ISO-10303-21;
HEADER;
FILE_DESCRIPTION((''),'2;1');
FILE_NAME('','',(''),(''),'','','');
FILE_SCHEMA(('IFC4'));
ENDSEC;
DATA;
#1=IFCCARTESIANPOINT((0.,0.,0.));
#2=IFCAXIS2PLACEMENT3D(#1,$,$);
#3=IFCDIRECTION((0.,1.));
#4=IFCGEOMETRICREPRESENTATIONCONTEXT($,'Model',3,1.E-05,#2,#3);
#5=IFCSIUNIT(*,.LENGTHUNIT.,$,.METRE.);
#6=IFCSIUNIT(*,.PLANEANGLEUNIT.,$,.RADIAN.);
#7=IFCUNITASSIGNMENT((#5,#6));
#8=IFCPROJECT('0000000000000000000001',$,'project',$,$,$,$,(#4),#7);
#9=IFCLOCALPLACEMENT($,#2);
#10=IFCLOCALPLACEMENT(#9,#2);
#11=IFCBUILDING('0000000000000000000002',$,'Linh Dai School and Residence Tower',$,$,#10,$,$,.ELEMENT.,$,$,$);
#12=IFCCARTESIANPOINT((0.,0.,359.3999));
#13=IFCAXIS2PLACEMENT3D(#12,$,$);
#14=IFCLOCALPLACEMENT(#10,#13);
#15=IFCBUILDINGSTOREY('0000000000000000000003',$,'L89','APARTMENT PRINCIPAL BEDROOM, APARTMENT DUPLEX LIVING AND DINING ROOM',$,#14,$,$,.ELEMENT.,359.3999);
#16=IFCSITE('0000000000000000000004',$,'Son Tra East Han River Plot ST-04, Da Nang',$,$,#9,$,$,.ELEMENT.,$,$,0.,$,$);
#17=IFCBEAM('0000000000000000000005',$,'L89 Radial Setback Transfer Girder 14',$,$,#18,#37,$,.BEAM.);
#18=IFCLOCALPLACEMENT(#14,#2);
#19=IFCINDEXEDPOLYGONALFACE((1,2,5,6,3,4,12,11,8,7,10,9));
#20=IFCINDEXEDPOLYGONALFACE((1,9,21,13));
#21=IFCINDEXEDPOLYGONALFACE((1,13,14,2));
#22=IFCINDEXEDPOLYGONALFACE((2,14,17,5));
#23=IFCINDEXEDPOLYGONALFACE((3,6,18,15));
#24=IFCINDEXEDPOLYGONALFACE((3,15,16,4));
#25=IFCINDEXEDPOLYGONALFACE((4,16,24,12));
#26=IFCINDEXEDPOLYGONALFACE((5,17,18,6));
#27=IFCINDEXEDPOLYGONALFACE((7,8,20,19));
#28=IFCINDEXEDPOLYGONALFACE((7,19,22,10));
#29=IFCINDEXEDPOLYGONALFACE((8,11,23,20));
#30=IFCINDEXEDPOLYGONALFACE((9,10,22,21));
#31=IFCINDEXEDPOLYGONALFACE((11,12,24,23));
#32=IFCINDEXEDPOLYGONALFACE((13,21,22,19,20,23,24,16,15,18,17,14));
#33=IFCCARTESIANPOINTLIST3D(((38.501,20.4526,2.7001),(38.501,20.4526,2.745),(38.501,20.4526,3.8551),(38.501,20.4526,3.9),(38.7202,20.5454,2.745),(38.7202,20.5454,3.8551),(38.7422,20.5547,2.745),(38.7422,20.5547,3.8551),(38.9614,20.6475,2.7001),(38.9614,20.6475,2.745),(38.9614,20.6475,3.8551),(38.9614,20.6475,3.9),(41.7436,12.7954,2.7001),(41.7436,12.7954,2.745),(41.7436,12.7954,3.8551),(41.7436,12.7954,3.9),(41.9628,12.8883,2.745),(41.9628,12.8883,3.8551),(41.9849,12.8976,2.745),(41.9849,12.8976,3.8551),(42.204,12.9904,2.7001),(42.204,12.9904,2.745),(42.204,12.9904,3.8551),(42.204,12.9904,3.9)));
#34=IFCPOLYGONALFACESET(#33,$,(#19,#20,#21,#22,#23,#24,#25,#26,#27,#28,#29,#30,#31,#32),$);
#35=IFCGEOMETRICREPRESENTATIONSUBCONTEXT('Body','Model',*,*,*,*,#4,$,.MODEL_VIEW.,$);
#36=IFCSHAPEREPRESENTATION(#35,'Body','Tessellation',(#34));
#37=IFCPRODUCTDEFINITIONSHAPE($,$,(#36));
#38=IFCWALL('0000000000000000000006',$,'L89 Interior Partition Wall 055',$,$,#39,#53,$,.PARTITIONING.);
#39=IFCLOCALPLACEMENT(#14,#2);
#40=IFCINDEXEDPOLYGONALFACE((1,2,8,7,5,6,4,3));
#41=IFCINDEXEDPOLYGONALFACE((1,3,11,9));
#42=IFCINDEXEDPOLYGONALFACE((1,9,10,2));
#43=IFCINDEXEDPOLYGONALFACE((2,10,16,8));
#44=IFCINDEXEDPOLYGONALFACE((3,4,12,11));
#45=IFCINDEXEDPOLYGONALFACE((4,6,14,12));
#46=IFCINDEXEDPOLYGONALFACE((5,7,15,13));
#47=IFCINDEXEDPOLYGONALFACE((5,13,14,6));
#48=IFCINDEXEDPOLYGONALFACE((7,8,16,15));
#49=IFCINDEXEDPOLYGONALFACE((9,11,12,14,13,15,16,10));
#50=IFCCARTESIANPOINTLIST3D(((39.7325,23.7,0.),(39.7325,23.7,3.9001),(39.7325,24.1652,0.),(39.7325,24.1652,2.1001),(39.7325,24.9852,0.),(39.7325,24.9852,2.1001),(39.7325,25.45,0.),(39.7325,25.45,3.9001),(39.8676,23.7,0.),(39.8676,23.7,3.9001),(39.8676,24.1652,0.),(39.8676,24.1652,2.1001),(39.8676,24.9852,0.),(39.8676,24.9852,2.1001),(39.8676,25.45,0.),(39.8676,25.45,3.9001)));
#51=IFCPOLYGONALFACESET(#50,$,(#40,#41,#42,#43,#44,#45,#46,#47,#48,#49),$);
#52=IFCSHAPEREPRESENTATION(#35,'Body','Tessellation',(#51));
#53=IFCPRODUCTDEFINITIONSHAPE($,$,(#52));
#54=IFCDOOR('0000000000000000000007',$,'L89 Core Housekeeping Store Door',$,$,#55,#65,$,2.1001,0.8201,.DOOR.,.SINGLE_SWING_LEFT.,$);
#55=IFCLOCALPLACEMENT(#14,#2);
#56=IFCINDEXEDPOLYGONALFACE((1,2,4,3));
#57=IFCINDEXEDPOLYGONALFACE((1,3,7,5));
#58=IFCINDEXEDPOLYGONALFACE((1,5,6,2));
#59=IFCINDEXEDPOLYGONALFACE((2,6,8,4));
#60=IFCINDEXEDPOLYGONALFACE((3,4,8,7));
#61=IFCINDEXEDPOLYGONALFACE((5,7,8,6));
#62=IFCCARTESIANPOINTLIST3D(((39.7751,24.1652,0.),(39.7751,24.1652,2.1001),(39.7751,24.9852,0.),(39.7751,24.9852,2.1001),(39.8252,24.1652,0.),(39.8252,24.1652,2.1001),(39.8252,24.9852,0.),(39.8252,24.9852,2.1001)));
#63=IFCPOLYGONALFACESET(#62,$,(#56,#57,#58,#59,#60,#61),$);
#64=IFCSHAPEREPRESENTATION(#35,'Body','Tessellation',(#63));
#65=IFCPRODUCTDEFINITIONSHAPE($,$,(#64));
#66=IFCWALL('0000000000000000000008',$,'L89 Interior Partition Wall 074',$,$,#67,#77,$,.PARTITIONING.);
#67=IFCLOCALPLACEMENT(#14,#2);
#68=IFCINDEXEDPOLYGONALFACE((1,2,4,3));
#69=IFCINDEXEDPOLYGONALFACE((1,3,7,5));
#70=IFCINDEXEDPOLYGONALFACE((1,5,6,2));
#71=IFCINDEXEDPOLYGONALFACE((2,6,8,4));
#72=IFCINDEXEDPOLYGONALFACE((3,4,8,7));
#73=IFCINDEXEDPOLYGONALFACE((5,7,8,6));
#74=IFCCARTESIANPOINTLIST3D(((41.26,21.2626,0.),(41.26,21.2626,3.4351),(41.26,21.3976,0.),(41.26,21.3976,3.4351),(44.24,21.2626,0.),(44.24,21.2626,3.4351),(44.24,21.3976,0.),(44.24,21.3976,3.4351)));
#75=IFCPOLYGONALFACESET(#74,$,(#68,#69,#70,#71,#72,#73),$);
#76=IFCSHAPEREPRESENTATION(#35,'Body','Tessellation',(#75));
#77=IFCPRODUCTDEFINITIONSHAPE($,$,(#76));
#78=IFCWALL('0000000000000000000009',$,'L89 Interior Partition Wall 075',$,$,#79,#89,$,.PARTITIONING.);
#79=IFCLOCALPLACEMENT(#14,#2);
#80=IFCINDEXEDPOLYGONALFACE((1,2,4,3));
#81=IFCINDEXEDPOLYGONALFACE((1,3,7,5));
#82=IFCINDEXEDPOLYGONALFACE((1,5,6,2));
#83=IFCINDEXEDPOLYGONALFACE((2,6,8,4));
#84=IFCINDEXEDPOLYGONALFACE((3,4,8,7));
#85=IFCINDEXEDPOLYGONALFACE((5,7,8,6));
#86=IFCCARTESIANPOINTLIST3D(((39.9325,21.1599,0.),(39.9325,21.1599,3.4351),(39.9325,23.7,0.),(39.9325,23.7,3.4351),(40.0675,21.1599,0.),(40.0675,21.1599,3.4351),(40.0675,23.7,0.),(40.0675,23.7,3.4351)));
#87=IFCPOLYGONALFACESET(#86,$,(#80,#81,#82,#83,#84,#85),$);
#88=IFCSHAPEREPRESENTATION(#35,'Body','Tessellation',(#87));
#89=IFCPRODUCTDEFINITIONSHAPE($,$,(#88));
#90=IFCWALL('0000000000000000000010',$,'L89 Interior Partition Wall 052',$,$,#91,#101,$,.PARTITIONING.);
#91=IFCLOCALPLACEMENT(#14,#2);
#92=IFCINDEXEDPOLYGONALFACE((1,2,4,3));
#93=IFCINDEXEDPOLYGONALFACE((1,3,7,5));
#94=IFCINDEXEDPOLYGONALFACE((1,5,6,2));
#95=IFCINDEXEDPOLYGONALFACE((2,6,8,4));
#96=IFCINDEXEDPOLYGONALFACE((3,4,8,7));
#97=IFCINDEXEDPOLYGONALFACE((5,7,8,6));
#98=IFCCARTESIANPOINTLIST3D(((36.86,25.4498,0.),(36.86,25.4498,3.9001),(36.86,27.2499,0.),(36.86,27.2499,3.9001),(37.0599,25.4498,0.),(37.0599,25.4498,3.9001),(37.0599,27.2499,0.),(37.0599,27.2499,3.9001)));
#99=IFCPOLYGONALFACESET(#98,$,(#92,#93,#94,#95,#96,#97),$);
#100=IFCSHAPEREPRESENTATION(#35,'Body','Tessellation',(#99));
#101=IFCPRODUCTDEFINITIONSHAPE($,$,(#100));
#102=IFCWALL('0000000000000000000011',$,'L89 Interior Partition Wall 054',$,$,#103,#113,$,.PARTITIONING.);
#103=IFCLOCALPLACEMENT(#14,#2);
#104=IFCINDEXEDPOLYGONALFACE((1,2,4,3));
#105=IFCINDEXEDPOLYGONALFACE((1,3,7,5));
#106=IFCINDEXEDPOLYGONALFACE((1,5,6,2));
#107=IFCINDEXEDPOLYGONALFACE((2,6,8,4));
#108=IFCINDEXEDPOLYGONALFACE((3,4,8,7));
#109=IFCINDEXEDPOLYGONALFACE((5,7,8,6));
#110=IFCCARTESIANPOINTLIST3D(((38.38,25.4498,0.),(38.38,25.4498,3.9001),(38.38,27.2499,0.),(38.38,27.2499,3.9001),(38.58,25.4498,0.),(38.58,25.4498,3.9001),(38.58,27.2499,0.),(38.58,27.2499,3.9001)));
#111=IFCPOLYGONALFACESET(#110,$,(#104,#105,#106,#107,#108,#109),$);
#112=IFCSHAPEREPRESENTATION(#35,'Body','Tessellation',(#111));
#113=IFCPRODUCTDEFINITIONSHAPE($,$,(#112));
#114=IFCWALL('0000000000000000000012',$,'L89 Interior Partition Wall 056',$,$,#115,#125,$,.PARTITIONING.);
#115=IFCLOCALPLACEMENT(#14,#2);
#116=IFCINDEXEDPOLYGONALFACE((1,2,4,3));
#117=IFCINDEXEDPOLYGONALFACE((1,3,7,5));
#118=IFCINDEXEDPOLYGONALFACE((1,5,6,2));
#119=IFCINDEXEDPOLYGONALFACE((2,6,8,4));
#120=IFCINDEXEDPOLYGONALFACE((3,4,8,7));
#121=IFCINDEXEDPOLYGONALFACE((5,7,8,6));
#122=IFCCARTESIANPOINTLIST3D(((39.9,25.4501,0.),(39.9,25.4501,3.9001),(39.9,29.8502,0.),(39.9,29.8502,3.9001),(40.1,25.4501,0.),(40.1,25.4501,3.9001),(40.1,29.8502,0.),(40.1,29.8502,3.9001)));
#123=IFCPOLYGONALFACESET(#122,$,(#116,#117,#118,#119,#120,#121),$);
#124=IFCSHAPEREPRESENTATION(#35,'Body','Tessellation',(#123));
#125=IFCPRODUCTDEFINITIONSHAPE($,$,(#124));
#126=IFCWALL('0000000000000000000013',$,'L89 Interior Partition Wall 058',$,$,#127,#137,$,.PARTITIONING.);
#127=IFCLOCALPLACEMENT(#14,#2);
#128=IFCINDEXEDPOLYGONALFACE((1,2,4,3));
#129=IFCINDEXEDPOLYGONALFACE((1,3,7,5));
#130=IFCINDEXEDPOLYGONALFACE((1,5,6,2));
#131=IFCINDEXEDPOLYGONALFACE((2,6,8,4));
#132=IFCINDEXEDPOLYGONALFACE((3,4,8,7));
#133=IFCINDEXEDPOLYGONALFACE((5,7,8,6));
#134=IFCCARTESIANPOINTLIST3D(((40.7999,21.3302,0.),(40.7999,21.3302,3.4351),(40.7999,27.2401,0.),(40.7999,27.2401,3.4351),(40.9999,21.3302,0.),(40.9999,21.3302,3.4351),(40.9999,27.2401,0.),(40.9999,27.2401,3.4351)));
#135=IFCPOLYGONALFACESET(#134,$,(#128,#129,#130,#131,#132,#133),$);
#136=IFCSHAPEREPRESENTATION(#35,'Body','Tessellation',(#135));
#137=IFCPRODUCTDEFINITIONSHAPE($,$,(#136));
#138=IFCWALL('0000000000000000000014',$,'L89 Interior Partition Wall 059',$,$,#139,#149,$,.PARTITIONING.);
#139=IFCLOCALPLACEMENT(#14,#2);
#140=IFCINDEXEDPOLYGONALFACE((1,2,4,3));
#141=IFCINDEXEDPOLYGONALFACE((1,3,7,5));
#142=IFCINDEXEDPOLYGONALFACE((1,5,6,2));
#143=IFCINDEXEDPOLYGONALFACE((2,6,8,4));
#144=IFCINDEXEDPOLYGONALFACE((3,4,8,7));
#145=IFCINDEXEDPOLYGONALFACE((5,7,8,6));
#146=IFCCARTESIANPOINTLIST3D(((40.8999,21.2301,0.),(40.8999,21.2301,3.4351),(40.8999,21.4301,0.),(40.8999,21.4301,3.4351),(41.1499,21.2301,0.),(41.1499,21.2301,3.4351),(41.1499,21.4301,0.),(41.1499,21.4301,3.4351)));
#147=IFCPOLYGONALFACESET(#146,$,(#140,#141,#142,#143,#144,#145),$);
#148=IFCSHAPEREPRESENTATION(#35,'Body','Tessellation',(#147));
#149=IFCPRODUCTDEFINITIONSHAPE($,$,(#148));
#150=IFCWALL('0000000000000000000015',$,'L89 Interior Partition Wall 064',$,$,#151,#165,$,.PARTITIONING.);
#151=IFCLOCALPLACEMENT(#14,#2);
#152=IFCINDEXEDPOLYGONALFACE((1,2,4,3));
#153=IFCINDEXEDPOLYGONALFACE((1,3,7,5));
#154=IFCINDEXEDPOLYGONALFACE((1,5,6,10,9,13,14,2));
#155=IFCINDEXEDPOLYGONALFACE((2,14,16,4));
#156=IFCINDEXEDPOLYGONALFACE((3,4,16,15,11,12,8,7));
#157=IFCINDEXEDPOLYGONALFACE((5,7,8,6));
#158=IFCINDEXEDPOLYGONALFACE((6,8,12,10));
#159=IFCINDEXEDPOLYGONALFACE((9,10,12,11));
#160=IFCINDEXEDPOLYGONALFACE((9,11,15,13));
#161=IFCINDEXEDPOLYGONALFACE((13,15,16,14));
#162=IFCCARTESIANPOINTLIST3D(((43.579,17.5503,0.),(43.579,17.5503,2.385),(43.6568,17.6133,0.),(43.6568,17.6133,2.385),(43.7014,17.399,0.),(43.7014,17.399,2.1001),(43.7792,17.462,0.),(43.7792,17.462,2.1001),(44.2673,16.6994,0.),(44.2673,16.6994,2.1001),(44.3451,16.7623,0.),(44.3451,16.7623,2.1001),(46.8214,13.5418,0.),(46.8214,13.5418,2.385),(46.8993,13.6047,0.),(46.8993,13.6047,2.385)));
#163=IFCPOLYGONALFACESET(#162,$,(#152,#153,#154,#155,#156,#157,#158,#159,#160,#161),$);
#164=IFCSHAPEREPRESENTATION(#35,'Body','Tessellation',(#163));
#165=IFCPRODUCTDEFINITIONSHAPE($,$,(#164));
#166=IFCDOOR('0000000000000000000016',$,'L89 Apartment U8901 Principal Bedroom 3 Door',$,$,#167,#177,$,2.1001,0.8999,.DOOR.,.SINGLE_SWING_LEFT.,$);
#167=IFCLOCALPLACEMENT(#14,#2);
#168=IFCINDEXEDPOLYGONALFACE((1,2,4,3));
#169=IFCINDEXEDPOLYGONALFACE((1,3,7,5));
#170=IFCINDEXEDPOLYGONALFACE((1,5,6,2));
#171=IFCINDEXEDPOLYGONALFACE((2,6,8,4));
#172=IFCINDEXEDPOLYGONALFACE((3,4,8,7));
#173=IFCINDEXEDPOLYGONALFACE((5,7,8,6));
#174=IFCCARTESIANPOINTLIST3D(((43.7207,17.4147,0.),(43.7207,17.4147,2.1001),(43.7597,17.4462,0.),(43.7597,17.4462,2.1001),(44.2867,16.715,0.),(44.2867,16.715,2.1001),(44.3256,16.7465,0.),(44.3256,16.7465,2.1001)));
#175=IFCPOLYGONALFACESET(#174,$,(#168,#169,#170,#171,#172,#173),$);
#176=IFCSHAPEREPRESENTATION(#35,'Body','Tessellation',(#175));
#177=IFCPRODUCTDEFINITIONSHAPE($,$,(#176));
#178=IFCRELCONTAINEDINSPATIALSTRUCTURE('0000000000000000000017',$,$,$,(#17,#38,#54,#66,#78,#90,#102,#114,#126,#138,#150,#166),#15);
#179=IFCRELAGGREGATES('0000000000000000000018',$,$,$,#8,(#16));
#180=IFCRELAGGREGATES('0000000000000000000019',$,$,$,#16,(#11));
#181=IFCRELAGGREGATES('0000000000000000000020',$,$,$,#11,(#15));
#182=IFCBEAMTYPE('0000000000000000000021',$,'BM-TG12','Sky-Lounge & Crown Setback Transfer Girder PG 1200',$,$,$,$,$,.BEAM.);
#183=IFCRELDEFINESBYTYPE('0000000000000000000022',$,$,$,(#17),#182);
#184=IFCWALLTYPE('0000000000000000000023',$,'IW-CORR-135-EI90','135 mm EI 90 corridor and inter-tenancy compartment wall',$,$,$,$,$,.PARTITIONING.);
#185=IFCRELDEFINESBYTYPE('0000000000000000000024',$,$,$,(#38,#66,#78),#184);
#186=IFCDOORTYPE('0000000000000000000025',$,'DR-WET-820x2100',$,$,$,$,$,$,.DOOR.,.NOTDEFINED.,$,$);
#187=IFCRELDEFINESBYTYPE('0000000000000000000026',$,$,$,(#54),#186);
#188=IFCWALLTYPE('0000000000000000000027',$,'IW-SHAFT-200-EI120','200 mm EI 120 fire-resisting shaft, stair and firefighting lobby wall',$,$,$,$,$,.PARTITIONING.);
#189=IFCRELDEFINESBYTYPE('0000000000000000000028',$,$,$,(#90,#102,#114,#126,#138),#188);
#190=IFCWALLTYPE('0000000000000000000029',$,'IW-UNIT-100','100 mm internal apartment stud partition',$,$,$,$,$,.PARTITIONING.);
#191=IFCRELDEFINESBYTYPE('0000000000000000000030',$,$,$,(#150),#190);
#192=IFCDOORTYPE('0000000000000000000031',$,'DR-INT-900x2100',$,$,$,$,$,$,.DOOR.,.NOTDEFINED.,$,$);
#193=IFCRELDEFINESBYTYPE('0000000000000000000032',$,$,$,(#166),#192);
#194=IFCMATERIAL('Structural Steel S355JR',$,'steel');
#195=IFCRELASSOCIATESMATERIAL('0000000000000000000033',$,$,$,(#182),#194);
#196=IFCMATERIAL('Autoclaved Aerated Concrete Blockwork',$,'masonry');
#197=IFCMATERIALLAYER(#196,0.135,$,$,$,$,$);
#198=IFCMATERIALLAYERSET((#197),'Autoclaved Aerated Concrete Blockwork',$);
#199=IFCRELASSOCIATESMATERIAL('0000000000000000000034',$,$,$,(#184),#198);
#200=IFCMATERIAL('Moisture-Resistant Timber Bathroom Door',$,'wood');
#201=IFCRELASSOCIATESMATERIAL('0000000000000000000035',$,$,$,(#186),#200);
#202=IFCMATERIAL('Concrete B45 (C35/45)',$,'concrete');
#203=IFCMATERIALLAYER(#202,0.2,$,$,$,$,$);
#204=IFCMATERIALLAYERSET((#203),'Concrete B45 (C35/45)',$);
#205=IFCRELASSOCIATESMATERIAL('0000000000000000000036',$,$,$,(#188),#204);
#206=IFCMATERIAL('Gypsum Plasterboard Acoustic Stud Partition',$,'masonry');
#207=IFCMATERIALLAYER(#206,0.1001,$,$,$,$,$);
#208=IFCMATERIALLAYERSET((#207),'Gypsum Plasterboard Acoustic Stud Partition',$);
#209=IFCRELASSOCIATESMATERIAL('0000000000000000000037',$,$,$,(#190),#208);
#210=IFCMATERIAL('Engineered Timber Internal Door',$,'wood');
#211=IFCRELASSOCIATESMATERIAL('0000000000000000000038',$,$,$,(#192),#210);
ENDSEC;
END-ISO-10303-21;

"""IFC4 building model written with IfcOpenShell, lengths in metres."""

from ifc_helpers import new_model, si_unit, direction, frame, frame_2d, origin, origin_2d, place, context, subcontext, project, spatial, rectangle, i_section, extrude, source, transform, mapped, material, layer, layer_set, material_profile, profile_set, type_object, element, fill, save


model = new_model("IFC4")

# Units and contexts
model_context = context("Model", 3, precision=1e-05, world=origin(), true_north=direction((0.0, 1.0)))
body_context = subcontext(model_context, "Body", "Model", "MODEL_VIEW")
ifc_project = project(units=[si_unit("LENGTHUNIT", "METRE"), si_unit("PLANEANGLEUNIT", "RADIAN")], contexts=[model_context])

# Site, building, storey
site_placement = place(None, origin())
site = spatial("IfcSite", under=ifc_project, at=site_placement, Name="Son Tra East Han River Plot ST-04, Da Nang", CompositionType="ELEMENT", RefElevation=0.0)
building_placement = place(site_placement, origin())
building = spatial("IfcBuilding", under=site, at=building_placement, Name="Linh Dai School and Residence Tower", CompositionType="ELEMENT")
storey_placement = place(building_placement, frame((0.0, 0.0, 359.3999)))
storey = spatial("IfcBuildingStorey", under=building, at=storey_placement, Name="L89", Description="APARTMENT PRINCIPAL BEDROOM, APARTMENT DUPLEX LIVING AND DINING ROOM", CompositionType="ELEMENT", Elevation=359.3999)

# Shared definitions
ifc_material_1 = material(Name="Structural Steel S355JR", Category="steel")

# Beam
ifc_material_profile_1 = material_profile(ifc_material_1, i_section(OverallWidth=0.5, OverallDepth=1.2, WebThickness=0.0239, FlangeThickness=0.0449, at=origin_2d()), Name="PG 1200x500x24x45")
ifc_profile_set_1 = profile_set([ifc_material_profile_1], Name="Structural Steel S355JR")
beam_type_1 = type_object("IfcBeamType", Name="BM-TG12", Description="Sky-Lounge & Crown Setback Transfer Girder PG 1200", PredefinedType="BEAM", material=ifc_profile_set_1)
beam_1_placement = place(storey_placement, frame((38.7312, 20.55, 3.3), z_axis=(0.389954, -0.920834, 0.0), x_axis=(0.920834, 0.389954, 0.0)))
element("IfcBeam", 1, at=beam_1_placement, inside=storey, type_object=beam_type_1, Name="L89 Radial Setback Transfer Girder 14", PredefinedType="BEAM", context=body_context, shape_type="SweptSolid", body=[
    extrude(i_section(OverallWidth=0.5, OverallDepth=1.2, WebThickness=0.0239, FlangeThickness=0.0449, at=origin_2d()), origin(), (0.0, 0.0, 1.0), 8.3154),
])

# Wall, opening, door
ifc_material_2 = material(Name="Autoclaved Aerated Concrete Blockwork", Category="masonry")
ifc_layer_1 = layer(ifc_material_2, 0.135)
ifc_layer_set_1 = layer_set([ifc_layer_1], Name="Autoclaved Aerated Concrete Blockwork")
wall_type_1 = type_object("IfcWallType", Name="IW-CORR-135-EI90", Description="135 mm EI 90 corridor and inter-tenancy compartment wall", PredefinedType="PARTITIONING", material=ifc_layer_set_1)
wall_1_placement = place(storey_placement, frame((39.8, 23.7, 0.0), z_axis=(0.0, 0.0, 1.0), x_axis=(0.0, 1.0, 0.0)))
wall_1 = element("IfcWall", 2, at=wall_1_placement, inside=storey, type_object=wall_type_1, Name="L89 Interior Partition Wall 055", PredefinedType="PARTITIONING", context=body_context, shape_type="SweptSolid", body=[
    extrude(rectangle(XDim=1.75, YDim=0.135, at=frame_2d((0.875, 0.0))), origin(), (0.0, 0.0, 1.0), 3.9001),
])
opening_1_placement = place(wall_1_placement, frame((0.4651, 0.0, 0.0)))
opening_1 = element("IfcOpeningElement", 3, at=opening_1_placement, cuts=wall_1, PredefinedType="OPENING", context=body_context, shape_type="SweptSolid", body=[
    extrude(rectangle(XDim=0.8201, YDim=2.1001, at=origin_2d()), frame((0.4102, 0.0776, 1.05), z_axis=(0.0, -1.0, 0.0), x_axis=(1.0, 0.0, 0.0)), (0.0, 0.0, 1.0), 0.155),
])
ifc_material_3 = material(Name="Moisture-Resistant Timber Bathroom Door", Category="wood")
door_type_1 = type_object("IfcDoorType", Name="DR-WET-820x2100", OperationType="NOTDEFINED", PredefinedType="DOOR", material=ifc_material_3)
shared_shape_1 = source(origin(), body_context, "Body", "SweptSolid", [
    extrude(rectangle(XDim=0.8201, YDim=2.1001, at=origin_2d()), frame((0.4102, 0.0249, 1.05), z_axis=(0.0, -1.0, 0.0), x_axis=(1.0, 0.0, 0.0)), (0.0, 0.0, 1.0), 0.05),
])
door_1_placement = place(opening_1_placement, origin())
door_1 = element("IfcDoor", 4, at=door_1_placement, inside=storey, type_object=door_type_1, Name="L89 Core Housekeeping Store Door", OperationType="SINGLE_SWING_LEFT", OverallHeight=2.1001, OverallWidth=0.8201, PredefinedType="DOOR", context=body_context, shape_type="MappedRepresentation", body=[
    mapped(shared_shape_1, transform((0.0, 0.0, 0.0), x_axis=(1.0, 0.0, 0.0), y_axis=(0.0, 1.0, 0.0), z_axis=(0.0, 0.0, 1.0), scale=1.0)),
])
fill(opening_1, door_1)

# Walls
wall_2_placement = place(storey_placement, frame((44.24, 21.3301, 0.0), z_axis=(0.0, 0.0, 1.0), x_axis=(-1.0, 0.0, 0.0)))
element("IfcWall", 5, at=wall_2_placement, inside=storey, type_object=wall_type_1, Name="L89 Interior Partition Wall 074", PredefinedType="PARTITIONING", context=body_context, shape_type="SweptSolid", body=[
    extrude(rectangle(XDim=2.98, YDim=0.135, at=frame_2d((1.49, 0.0))), origin(), (0.0, 0.0, 1.0), 3.4351),
])
wall_3_placement = place(storey_placement, frame((40.0, 23.7, 0.0), z_axis=(0.0, 0.0, 1.0), x_axis=(0.0, -1.0, 0.0)))
element("IfcWall", 6, at=wall_3_placement, inside=storey, type_object=wall_type_1, Name="L89 Interior Partition Wall 075", PredefinedType="PARTITIONING", context=body_context, shape_type="SweptSolid", body=[
    extrude(rectangle(XDim=2.54, YDim=0.135, at=frame_2d((1.27, 0.0))), origin(), (0.0, 0.0, 1.0), 3.4351),
])
ifc_material_4 = material(Name="Concrete B45 (C35/45)", Category="concrete")
ifc_layer_2 = layer(ifc_material_4, 0.2)
ifc_layer_set_2 = layer_set([ifc_layer_2], Name="Concrete B45 (C35/45)")
wall_type_2 = type_object("IfcWallType", Name="IW-SHAFT-200-EI120", Description="200 mm EI 120 fire-resisting shaft, stair and firefighting lobby wall", PredefinedType="PARTITIONING", material=ifc_layer_set_2)
for number, where, z_axis, x_axis, name in (
    (7, (36.96, 25.45, 0.0), (0.0, 0.0, 1.0), (0.0, 1.0, 0.0), "L89 Interior Partition Wall 052"),
    (8, (38.48, 25.45, 0.0), (0.0, 0.0, 1.0), (0.0, 1.0, 0.0), "L89 Interior Partition Wall 054"),
):
    element("IfcWall", number, at=place(storey_placement, frame(where, z_axis=z_axis, x_axis=x_axis)), inside=storey, type_object=wall_type_2, Name=name, PredefinedType="PARTITIONING", context=body_context, shape_type="SweptSolid", body=[
        extrude(rectangle(XDim=1.8, YDim=0.2, at=frame_2d((0.8999, 0.0))), origin(), (0.0, 0.0, 1.0), 3.9001),
    ])
wall_4_placement = place(storey_placement, frame((40.0, 25.45, 0.0), z_axis=(0.0, 0.0, 1.0), x_axis=(0.0, 1.0, 0.0)))
element("IfcWall", 9, at=wall_4_placement, inside=storey, type_object=wall_type_2, Name="L89 Interior Partition Wall 056", PredefinedType="PARTITIONING", context=body_context, shape_type="SweptSolid", body=[
    extrude(rectangle(XDim=4.4001, YDim=0.2, at=frame_2d((2.2002, 0.0))), origin(), (0.0, 0.0, 1.0), 3.9001),
])
wall_5_placement = place(storey_placement, frame((40.8999, 21.3301, 0.0), z_axis=(0.0, 0.0, 1.0), x_axis=(0.0, 1.0, 0.0)))
element("IfcWall", 10, at=wall_5_placement, inside=storey, type_object=wall_type_2, Name="L89 Interior Partition Wall 058", PredefinedType="PARTITIONING", context=body_context, shape_type="SweptSolid", body=[
    extrude(rectangle(XDim=5.9099, YDim=0.2, at=frame_2d((2.9551, 0.0))), origin(), (0.0, 0.0, 1.0), 3.4351),
])
wall_6_placement = place(storey_placement, frame((40.8999, 21.3301, 0.0), z_axis=(0.0, 0.0, 1.0), x_axis=(1.0, 0.0, 0.0)))
element("IfcWall", 11, at=wall_6_placement, inside=storey, type_object=wall_type_2, Name="L89 Interior Partition Wall 059", PredefinedType="PARTITIONING", context=body_context, shape_type="SweptSolid", body=[
    extrude(rectangle(XDim=0.25, YDim=0.2, at=frame_2d((0.125, 0.0))), origin(), (0.0, 0.0, 1.0), 3.4351),
])

# Wall, opening, door
ifc_material_5 = material(Name="Gypsum Plasterboard Acoustic Stud Partition", Category="masonry")
ifc_layer_3 = layer(ifc_material_5, 0.1001)
ifc_layer_set_3 = layer_set([ifc_layer_3], Name="Gypsum Plasterboard Acoustic Stud Partition")
wall_type_3 = type_object("IfcWallType", Name="IW-UNIT-100", Description="100 mm internal apartment stud partition", PredefinedType="PARTITIONING", material=ifc_layer_set_3)
wall_7_placement = place(storey_placement, frame((43.6179, 17.5818, 0.0), z_axis=(0.0, 0.0, 1.0), x_axis=(0.628896, -0.77749, 0.0)))
wall_7 = element("IfcWall", 12, at=wall_7_placement, inside=storey, type_object=wall_type_3, Name="L89 Interior Partition Wall 064", PredefinedType="PARTITIONING", context=body_context, shape_type="SweptSolid", body=[
    extrude(rectangle(XDim=5.1558, YDim=0.1001, at=frame_2d((2.5779, 0.0))), origin(), (0.0, 0.0, 1.0), 2.385),
])
opening_2_placement = place(wall_7_placement, frame((0.1946, 0.0, 0.0)))
opening_2 = element("IfcOpeningElement", 13, at=opening_2_placement, cuts=wall_7, PredefinedType="OPENING", context=body_context, shape_type="SweptSolid", body=[
    extrude(rectangle(XDim=0.8999, YDim=2.1001, at=origin_2d()), frame((0.45, 0.0601, 1.05), z_axis=(0.0, -1.0, 0.0), x_axis=(1.0, 0.0, 0.0)), (0.0, 0.0, 1.0), 0.1201),
])
ifc_material_6 = material(Name="Engineered Timber Internal Door", Category="wood")
door_type_2 = type_object("IfcDoorType", Name="DR-INT-900x2100", OperationType="NOTDEFINED", PredefinedType="DOOR", material=ifc_material_6)
shared_shape_2 = source(origin(), body_context, "Body", "SweptSolid", [
    extrude(rectangle(XDim=0.8999, YDim=2.1001, at=origin_2d()), frame((0.45, 0.0249, 1.05), z_axis=(0.0, -1.0, 0.0), x_axis=(1.0, 0.0, 0.0)), (0.0, 0.0, 1.0), 0.05),
])
door_2_placement = place(opening_2_placement, origin())
door_2 = element("IfcDoor", 14, at=door_2_placement, inside=storey, type_object=door_type_2, Name="L89 Apartment U8901 Principal Bedroom 3 Door", OperationType="SINGLE_SWING_LEFT", OverallHeight=2.1001, OverallWidth=0.8999, PredefinedType="DOOR", context=body_context, shape_type="MappedRepresentation", body=[
    mapped(shared_shape_2, transform((0.0, 0.0, 0.0), x_axis=(1.0, 0.0, 0.0), y_axis=(0.0, 1.0, 0.0), z_axis=(0.0, 0.0, 1.0), scale=1.0)),
])
fill(opening_2, door_2)

save(model, "model.ifc")
